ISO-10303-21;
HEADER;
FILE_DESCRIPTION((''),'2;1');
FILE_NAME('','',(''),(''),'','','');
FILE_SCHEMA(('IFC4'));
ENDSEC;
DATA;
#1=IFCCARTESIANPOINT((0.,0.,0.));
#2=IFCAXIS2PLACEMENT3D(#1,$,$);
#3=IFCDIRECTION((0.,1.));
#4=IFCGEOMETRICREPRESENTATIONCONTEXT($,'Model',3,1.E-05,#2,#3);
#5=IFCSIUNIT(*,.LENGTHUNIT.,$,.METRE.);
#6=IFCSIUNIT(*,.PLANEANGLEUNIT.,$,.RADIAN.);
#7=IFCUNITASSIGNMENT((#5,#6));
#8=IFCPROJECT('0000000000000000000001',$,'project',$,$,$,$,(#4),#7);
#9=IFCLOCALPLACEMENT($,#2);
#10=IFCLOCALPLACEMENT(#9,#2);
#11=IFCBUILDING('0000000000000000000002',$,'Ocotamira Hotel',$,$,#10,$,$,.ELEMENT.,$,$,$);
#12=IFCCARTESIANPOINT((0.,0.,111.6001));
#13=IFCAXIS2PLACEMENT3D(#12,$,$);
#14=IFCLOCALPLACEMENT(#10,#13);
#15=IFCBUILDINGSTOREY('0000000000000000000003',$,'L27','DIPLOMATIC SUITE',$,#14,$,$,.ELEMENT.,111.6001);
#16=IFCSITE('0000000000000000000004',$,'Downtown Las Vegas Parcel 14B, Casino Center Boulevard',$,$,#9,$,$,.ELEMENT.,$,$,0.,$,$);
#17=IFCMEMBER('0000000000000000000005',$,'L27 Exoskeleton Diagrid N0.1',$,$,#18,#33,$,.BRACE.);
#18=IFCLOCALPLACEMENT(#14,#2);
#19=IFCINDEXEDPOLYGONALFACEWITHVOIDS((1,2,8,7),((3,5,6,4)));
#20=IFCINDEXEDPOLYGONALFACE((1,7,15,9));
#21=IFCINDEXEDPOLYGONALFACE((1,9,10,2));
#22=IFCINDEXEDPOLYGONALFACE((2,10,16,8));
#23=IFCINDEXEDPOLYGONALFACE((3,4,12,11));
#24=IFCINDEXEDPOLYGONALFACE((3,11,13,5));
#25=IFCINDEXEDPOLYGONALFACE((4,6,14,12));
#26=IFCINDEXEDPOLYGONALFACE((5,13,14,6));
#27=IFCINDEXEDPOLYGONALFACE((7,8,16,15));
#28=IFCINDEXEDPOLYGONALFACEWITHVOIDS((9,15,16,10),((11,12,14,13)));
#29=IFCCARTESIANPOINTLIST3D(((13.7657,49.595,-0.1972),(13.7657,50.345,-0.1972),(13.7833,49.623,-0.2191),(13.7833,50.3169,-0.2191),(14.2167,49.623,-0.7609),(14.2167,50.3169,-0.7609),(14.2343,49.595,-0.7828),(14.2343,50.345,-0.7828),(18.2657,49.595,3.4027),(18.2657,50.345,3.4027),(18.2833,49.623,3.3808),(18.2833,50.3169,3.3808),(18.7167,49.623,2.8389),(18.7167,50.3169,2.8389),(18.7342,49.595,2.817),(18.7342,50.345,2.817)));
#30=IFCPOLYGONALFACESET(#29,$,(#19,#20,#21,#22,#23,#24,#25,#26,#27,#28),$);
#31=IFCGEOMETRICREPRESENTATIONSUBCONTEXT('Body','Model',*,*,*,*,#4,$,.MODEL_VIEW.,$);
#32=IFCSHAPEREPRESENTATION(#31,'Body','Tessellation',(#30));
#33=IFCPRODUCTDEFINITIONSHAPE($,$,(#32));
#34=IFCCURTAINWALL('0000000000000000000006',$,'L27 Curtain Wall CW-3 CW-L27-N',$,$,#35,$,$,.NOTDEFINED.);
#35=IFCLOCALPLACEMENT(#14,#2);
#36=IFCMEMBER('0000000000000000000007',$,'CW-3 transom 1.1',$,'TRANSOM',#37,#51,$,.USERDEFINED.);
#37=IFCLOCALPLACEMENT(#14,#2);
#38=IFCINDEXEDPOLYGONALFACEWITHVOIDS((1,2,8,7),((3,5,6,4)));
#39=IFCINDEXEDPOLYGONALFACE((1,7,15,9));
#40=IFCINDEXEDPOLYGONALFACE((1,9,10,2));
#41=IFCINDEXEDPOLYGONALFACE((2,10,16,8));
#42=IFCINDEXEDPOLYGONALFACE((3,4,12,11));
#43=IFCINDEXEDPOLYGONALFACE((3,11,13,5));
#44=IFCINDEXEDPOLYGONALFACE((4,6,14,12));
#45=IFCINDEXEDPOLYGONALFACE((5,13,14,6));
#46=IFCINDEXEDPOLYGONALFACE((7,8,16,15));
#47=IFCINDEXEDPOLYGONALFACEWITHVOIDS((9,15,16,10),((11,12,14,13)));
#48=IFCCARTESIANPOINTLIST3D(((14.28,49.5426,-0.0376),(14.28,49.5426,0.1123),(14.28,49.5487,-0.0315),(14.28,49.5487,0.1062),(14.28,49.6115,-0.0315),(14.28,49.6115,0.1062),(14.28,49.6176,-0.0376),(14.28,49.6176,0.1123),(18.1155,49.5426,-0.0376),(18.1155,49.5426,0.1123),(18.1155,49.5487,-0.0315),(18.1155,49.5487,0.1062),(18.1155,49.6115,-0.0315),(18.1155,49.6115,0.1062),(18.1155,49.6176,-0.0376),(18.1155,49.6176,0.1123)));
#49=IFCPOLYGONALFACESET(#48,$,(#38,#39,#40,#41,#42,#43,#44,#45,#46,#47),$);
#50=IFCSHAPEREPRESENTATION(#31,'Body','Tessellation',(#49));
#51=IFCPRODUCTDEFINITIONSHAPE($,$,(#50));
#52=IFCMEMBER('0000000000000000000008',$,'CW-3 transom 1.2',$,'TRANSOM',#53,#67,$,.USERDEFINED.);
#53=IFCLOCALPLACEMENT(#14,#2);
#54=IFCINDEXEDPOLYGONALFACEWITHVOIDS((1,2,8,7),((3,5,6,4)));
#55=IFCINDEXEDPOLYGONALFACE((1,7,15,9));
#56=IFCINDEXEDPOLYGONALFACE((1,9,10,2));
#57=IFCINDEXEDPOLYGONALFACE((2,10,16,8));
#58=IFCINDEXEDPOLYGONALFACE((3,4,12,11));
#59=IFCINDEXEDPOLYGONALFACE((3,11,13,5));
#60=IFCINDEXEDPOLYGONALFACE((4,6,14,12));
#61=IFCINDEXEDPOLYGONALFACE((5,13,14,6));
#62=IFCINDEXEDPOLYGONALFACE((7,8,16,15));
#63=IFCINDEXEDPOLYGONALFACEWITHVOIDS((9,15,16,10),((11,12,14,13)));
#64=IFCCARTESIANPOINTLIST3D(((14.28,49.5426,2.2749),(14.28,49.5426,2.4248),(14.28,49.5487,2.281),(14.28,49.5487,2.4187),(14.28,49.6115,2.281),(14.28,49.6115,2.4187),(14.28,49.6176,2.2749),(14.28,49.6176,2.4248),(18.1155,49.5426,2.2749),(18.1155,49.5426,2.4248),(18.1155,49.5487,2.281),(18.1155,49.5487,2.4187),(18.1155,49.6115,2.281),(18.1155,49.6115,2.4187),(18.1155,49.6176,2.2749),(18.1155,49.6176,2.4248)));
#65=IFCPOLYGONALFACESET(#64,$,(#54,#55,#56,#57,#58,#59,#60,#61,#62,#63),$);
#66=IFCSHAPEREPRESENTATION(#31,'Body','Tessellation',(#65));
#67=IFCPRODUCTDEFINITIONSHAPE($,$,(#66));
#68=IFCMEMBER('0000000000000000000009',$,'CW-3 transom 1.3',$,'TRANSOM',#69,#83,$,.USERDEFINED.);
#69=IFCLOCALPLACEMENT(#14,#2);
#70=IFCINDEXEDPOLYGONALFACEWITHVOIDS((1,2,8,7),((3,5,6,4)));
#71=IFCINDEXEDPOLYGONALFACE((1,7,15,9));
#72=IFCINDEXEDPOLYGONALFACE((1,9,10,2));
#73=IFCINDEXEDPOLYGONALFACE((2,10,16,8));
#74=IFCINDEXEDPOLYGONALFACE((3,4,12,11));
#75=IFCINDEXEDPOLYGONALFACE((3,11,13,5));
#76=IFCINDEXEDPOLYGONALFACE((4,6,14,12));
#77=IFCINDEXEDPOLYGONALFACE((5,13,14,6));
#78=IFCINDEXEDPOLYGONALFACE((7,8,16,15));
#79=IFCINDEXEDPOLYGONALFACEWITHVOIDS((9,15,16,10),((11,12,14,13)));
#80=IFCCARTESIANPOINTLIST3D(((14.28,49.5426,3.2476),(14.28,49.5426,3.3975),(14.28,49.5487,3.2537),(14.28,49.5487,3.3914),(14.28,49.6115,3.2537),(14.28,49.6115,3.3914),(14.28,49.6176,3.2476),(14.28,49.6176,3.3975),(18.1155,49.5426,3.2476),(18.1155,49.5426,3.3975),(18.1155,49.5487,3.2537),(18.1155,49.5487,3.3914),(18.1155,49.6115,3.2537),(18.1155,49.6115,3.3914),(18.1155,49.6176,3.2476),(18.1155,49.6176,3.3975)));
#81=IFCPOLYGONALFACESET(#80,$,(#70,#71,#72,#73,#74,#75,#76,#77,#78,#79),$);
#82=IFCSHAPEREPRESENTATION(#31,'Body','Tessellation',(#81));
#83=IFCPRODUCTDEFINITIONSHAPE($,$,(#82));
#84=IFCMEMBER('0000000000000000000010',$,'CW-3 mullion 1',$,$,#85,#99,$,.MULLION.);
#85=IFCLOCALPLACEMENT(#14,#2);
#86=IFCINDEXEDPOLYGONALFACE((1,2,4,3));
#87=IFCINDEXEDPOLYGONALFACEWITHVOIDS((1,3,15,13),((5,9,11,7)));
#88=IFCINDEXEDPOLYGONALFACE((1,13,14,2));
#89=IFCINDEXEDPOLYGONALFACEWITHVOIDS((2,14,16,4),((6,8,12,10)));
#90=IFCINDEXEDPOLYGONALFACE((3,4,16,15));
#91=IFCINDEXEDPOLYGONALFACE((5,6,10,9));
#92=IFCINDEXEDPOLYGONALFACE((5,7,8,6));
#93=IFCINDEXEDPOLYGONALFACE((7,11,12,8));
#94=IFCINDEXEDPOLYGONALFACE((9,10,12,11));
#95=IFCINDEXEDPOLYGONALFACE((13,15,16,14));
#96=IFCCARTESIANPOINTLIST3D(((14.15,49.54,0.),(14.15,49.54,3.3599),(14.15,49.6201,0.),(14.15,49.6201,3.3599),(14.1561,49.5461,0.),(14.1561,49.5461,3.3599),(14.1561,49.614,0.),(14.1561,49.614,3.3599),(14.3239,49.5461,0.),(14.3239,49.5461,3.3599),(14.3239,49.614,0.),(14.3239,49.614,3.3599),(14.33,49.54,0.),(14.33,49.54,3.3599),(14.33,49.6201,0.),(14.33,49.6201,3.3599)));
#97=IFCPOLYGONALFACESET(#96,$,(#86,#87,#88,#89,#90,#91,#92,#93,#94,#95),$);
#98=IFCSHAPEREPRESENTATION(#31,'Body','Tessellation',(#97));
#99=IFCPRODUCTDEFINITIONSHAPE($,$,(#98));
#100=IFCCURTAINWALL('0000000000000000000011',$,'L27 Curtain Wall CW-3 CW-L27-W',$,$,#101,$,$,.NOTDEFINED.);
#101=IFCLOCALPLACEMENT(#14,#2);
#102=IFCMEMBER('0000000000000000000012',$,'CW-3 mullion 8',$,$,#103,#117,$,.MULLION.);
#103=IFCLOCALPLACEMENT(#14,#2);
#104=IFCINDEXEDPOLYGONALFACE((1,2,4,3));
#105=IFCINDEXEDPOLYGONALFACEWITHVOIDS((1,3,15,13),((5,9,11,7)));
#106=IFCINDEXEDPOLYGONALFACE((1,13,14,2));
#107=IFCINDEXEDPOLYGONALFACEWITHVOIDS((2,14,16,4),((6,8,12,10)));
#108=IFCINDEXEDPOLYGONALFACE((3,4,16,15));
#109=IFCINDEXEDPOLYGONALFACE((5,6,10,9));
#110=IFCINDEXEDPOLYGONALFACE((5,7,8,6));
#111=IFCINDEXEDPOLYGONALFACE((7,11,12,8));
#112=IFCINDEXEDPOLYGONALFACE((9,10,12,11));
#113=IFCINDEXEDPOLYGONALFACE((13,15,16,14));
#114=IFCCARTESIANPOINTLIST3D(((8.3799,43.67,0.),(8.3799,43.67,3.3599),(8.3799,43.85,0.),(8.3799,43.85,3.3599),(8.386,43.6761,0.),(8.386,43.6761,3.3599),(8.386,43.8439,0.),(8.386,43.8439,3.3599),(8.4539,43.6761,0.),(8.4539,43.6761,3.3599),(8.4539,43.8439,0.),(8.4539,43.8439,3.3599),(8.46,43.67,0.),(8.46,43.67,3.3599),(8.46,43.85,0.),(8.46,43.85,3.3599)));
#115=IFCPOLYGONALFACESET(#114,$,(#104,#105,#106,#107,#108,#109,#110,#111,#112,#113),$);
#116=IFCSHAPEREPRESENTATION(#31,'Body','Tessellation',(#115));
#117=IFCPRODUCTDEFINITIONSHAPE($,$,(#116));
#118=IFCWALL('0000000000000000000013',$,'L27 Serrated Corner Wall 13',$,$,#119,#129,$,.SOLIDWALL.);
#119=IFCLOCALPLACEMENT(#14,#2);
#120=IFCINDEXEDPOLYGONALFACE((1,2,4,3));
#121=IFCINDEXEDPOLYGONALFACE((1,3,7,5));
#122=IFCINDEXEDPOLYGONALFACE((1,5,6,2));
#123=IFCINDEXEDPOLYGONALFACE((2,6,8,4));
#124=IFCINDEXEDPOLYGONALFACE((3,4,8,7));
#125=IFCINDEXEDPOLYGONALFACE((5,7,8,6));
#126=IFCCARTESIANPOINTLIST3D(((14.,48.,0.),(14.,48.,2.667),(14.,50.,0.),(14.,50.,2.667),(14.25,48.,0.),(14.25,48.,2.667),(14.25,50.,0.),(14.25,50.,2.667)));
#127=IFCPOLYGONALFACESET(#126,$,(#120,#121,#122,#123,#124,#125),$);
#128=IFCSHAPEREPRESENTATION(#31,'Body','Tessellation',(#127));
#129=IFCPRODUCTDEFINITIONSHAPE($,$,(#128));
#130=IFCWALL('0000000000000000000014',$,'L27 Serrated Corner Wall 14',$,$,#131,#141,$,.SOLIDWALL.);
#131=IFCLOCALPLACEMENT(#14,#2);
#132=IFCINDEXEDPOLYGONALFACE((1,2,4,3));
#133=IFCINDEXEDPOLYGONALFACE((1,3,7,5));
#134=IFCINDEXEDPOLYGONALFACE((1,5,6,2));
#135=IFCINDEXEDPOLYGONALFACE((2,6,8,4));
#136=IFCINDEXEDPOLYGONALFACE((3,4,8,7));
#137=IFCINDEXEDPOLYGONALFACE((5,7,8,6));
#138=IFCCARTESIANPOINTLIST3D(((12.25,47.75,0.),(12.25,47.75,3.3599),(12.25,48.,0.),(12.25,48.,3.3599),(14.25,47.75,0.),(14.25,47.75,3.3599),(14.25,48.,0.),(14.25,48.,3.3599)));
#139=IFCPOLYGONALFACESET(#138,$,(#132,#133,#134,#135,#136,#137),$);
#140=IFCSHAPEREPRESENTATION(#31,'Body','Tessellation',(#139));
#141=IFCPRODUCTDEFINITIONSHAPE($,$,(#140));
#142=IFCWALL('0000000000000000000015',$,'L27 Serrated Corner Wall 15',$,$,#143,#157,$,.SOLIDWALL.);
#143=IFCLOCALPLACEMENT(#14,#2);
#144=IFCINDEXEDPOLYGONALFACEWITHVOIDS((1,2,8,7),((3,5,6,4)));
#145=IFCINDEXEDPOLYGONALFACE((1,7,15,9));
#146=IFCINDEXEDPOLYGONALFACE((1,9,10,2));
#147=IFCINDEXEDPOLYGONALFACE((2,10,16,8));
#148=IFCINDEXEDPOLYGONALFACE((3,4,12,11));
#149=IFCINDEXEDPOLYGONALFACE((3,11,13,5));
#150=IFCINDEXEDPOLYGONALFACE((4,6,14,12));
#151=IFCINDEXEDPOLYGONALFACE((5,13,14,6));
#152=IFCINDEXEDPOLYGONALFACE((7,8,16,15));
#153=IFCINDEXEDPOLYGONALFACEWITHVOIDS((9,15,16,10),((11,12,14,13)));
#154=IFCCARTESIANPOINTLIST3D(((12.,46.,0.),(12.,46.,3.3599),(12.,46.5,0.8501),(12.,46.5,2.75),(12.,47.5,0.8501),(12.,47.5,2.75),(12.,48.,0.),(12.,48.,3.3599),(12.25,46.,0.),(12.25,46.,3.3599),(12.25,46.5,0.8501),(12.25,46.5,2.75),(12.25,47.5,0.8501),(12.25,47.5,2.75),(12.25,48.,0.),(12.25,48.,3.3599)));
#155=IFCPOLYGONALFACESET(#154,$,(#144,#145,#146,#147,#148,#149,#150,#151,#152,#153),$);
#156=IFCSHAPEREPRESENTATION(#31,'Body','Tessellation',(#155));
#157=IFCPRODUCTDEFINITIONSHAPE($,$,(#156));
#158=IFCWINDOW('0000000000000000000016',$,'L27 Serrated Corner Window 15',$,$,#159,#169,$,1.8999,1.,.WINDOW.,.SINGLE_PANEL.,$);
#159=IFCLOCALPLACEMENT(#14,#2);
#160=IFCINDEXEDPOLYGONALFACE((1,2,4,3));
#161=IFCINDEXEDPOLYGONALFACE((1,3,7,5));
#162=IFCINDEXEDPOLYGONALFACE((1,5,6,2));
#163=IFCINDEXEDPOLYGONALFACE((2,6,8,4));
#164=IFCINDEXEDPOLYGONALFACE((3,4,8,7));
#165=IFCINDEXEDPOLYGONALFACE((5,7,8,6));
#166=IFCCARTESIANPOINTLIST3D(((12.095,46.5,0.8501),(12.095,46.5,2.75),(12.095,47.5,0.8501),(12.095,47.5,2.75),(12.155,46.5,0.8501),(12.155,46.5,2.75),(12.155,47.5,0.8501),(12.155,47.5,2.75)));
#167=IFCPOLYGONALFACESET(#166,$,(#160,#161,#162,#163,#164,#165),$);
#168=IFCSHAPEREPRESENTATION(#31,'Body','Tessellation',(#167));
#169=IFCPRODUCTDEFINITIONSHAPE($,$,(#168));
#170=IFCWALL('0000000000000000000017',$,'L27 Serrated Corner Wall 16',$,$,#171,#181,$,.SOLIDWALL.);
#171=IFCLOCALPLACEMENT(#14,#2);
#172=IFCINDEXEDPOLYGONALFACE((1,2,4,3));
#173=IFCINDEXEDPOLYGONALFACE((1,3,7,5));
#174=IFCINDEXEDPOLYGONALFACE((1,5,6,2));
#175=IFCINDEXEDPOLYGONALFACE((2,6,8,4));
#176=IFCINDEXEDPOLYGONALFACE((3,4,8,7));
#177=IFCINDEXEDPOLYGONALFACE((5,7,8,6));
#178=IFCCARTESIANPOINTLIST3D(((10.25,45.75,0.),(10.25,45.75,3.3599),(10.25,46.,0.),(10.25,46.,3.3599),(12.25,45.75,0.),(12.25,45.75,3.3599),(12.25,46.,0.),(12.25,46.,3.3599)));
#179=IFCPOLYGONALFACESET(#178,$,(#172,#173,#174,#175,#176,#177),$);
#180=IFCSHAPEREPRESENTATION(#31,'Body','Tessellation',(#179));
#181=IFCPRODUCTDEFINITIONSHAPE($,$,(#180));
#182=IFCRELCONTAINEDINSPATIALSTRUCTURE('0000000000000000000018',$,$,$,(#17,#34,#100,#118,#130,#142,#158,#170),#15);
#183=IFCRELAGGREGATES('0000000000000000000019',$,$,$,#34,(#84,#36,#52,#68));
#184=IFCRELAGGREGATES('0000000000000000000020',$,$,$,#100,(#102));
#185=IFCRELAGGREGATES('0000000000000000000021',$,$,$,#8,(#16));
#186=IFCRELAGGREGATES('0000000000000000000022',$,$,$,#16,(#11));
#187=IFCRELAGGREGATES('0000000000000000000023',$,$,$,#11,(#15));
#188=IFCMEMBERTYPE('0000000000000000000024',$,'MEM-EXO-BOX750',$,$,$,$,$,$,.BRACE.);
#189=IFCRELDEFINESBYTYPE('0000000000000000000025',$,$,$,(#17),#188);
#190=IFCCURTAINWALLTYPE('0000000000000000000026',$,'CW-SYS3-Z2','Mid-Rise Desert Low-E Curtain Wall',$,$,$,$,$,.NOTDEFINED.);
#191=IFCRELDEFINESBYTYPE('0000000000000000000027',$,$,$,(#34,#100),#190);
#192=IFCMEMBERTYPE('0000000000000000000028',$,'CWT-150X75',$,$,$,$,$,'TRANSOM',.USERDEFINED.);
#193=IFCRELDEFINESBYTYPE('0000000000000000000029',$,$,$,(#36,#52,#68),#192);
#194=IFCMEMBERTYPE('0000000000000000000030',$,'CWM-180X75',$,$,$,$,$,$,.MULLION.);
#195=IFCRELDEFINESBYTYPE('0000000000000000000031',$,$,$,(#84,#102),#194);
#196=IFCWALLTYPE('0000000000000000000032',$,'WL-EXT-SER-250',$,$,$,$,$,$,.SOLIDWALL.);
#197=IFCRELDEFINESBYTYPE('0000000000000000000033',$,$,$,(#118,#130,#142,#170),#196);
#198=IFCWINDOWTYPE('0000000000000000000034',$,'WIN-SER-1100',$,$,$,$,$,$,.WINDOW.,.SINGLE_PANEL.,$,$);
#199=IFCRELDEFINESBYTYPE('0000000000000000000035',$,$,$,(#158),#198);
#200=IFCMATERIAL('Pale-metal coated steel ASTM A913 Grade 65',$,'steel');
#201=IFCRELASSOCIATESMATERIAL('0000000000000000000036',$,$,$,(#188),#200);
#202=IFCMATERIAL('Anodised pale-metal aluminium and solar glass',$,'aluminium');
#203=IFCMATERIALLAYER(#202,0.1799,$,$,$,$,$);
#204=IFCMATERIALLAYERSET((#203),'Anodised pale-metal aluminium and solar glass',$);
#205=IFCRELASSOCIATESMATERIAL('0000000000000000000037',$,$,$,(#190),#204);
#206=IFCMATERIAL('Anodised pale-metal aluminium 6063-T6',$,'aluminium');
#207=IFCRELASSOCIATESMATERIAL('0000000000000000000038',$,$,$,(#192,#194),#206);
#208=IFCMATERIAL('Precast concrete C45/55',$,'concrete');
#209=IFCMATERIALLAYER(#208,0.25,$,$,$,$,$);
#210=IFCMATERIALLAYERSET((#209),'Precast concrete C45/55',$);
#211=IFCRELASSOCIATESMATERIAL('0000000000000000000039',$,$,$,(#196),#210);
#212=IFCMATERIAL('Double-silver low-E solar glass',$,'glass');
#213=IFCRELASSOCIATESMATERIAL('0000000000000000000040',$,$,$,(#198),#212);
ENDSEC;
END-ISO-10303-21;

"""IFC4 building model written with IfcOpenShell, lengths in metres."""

from ifc_helpers import new_model, si_unit, direction, frame, frame_2d, origin, origin_2d, place, context, subcontext, project, spatial, rectangle, hollow_rectangle, extrude, source, transform, mapped, material, layer, layer_set, material_profile, profile_set, type_object, element, fill, aggregate, save


model = new_model("IFC4")

# Units and contexts
model_context = context("Model", 3, precision=1e-05, world=origin(), true_north=direction((0.0, 1.0)))
body_context = subcontext(model_context, "Body", "Model", "MODEL_VIEW")
ifc_project = project(units=[si_unit("LENGTHUNIT", "METRE"), si_unit("PLANEANGLEUNIT", "RADIAN")], contexts=[model_context])

# Site, building, storey
site_placement = place(None, origin())
site = spatial("IfcSite", under=ifc_project, at=site_placement, Name="Downtown Las Vegas Parcel 14B, Casino Center Boulevard", CompositionType="ELEMENT", RefElevation=0.0)
building_placement = place(site_placement, origin())
building = spatial("IfcBuilding", under=site, at=building_placement, Name="Ocotamira Hotel", CompositionType="ELEMENT")
storey_placement = place(building_placement, frame((0.0, 0.0, 111.6001)))
storey = spatial("IfcBuildingStorey", under=building, at=storey_placement, Name="L27", Description="DIPLOMATIC SUITE", CompositionType="ELEMENT", Elevation=111.6001)

# Member
ifc_material_1 = material(Name="Pale-metal coated steel ASTM A913 Grade 65", Category="steel")
ifc_material_profile_1 = material_profile(ifc_material_1, hollow_rectangle(XDim=0.75, YDim=0.75, WallThickness=0.0281, at=origin_2d()), Name="BOX750X750X28")
ifc_profile_set_1 = profile_set([ifc_material_profile_1], Name="Pale-metal coated steel ASTM A913 Grade 65")
member_type_1 = type_object("IfcMemberType", Name="MEM-EXO-BOX750", PredefinedType="BRACE", material=ifc_profile_set_1)
shared_shape_1 = source(origin(), body_context, "Body", "SweptSolid", [
    extrude(hollow_rectangle(XDim=0.75, YDim=0.75, WallThickness=0.0281, at=origin_2d()), origin(), (0.0, 0.0, 1.0), 5.7627),
])
member_1_placement = place(storey_placement, frame((14.0, 49.97, -0.49), z_axis=(0.780881, 0.0, 0.62468), x_axis=(0.0, 1.0, 0.0)))
element("IfcMember", 1, at=member_1_placement, inside=storey, type_object=member_type_1, Name="L27 Exoskeleton Diagrid N0.1", PredefinedType="BRACE", context=body_context, shape_type="MappedRepresentation", body=[
    mapped(shared_shape_1, transform((0.0, 0.0, 0.0), scale=1.0)),
])

# Curtain wall, members
ifc_material_2 = material(Name="Anodised pale-metal aluminium and solar glass", Category="aluminium")
ifc_layer_1 = layer(ifc_material_2, 0.1799)
ifc_layer_set_1 = layer_set([ifc_layer_1], Name="Anodised pale-metal aluminium and solar glass")
curtain_wall_type = type_object("IfcCurtainWallType", Name="CW-SYS3-Z2", Description="Mid-Rise Desert Low-E Curtain Wall", PredefinedType="NOTDEFINED", material=ifc_layer_set_1)
curtain_wall_1_placement = place(storey_placement, origin())
curtain_wall_1 = element("IfcCurtainWall", 2, at=curtain_wall_1_placement, inside=storey, type_object=curtain_wall_type, Name="L27 Curtain Wall CW-3 CW-L27-N", PredefinedType="NOTDEFINED")
ifc_material_3 = material(Name="Anodised pale-metal aluminium 6063-T6", Category="aluminium")
ifc_material_profile_2 = material_profile(ifc_material_3, hollow_rectangle(XDim=0.075, YDim=0.1499, WallThickness=0.0061, at=origin_2d()), Name="HSS150X75X6")
ifc_profile_set_2 = profile_set([ifc_material_profile_2], Name="Anodised pale-metal aluminium 6063-T6")
member_type_2 = type_object("IfcMemberType", Name="CWT-150X75", ElementType="TRANSOM", PredefinedType="USERDEFINED", material=ifc_profile_set_2)
shared_shape_2 = source(origin(), body_context, "Body", "SweptSolid", [
    extrude(hollow_rectangle(XDim=0.075, YDim=0.1499, WallThickness=0.0061, at=origin_2d()), origin(), (0.0, 0.0, 1.0), 3.8354),
])
member_2_placement = place(storey_placement, frame((14.28, 49.5801, 0.0374), z_axis=(1.0, 0.0, 0.0), x_axis=(0.0, 1.0, 0.0)))
member_2 = element("IfcMember", 3, at=member_2_placement, type_object=member_type_2, Name="CW-3 transom 1.1", ObjectType="TRANSOM", PredefinedType="USERDEFINED", context=body_context, shape_type="MappedRepresentation", body=[
    mapped(shared_shape_2, transform((0.0, 0.0, 0.0), scale=1.0)),
])
member_3_placement = place(storey_placement, frame((14.28, 49.5801, 2.3499), z_axis=(1.0, 0.0, 0.0), x_axis=(0.0, 1.0, 0.0)))
member_3 = element("IfcMember", 4, at=member_3_placement, type_object=member_type_2, Name="CW-3 transom 1.2", ObjectType="TRANSOM", PredefinedType="USERDEFINED", context=body_context, shape_type="MappedRepresentation", body=[
    mapped(shared_shape_2, transform((0.0, 0.0, 0.0), scale=1.0)),
])
member_4_placement = place(storey_placement, frame((14.28, 49.5801, 3.3225), z_axis=(1.0, 0.0, 0.0), x_axis=(0.0, 1.0, 0.0)))
member_4 = element("IfcMember", 5, at=member_4_placement, type_object=member_type_2, Name="CW-3 transom 1.3", ObjectType="TRANSOM", PredefinedType="USERDEFINED", context=body_context, shape_type="MappedRepresentation", body=[
    mapped(shared_shape_2, transform((0.0, 0.0, 0.0), scale=1.0)),
])
ifc_material_profile_3 = material_profile(ifc_material_3, hollow_rectangle(XDim=0.0801, YDim=0.1799, WallThickness=0.0061, at=origin_2d()), Name="HSS180X80X6")
ifc_profile_set_3 = profile_set([ifc_material_profile_3], Name="Anodised pale-metal aluminium 6063-T6")
member_type_3 = type_object("IfcMemberType", Name="CWM-180X75", PredefinedType="MULLION", material=ifc_profile_set_3)
shared_shape_3 = source(origin(), body_context, "Body", "SweptSolid", [
    extrude(hollow_rectangle(XDim=0.0801, YDim=0.1799, WallThickness=0.0061, at=origin_2d()), origin(), (0.0, 0.0, 1.0), 3.3599),
])
member_5_placement = place(storey_placement, frame((14.24, 49.5801, 0.0), z_axis=(0.0, 0.0, 1.0), x_axis=(0.0, 1.0, 0.0)))
member_5 = element("IfcMember", 6, at=member_5_placement, type_object=member_type_3, Name="CW-3 mullion 1", PredefinedType="MULLION", context=body_context, shape_type="MappedRepresentation", body=[
    mapped(shared_shape_3, transform((0.0, 0.0, 0.0), scale=1.0)),
])
aggregate(curtain_wall_1, [member_5, member_2, member_3, member_4])

# Curtain wall, member
curtain_wall_2_placement = place(storey_placement, origin())
curtain_wall_2 = element("IfcCurtainWall", 7, at=curtain_wall_2_placement, inside=storey, type_object=curtain_wall_type, Name="L27 Curtain Wall CW-3 CW-L27-W", PredefinedType="NOTDEFINED")
member_6_placement = place(storey_placement, frame((8.4199, 43.76, 0.0), z_axis=(0.0, 0.0, 1.0), x_axis=(-1.0, 0.0, 0.0)))
member_6 = element("IfcMember", 8, at=member_6_placement, type_object=member_type_3, Name="CW-3 mullion 8", PredefinedType="MULLION", context=body_context, shape_type="MappedRepresentation", body=[
    mapped(shared_shape_3, transform((0.0, 0.0, 0.0), scale=1.0)),
])
aggregate(curtain_wall_2, [member_6])

# Walls
ifc_material_4 = material(Name="Precast concrete C45/55", Category="concrete")
ifc_layer_2 = layer(ifc_material_4, 0.25)
ifc_layer_set_2 = layer_set([ifc_layer_2], Name="Precast concrete C45/55")
wall_type_1 = type_object("IfcWallType", Name="WL-EXT-SER-250", PredefinedType="SOLIDWALL", material=ifc_layer_set_2)
wall_1_placement = place(storey_placement, frame((14.125, 50.0, 0.0), z_axis=(0.0, 0.0, 1.0), x_axis=(0.0, -1.0, 0.0)))
element("IfcWall", 9, at=wall_1_placement, inside=storey, type_object=wall_type_1, Name="L27 Serrated Corner Wall 13", PredefinedType="SOLIDWALL", context=body_context, shape_type="SweptSolid", body=[
    extrude(rectangle(XDim=2.0, YDim=0.25, at=frame_2d((1.0, 0.0))), origin(), (0.0, 0.0, 1.0), 2.667),
])
wall_2_placement = place(storey_placement, frame((14.25, 47.875, 0.0), z_axis=(0.0, 0.0, 1.0), x_axis=(-1.0, 0.0, 0.0)))
element("IfcWall", 10, at=wall_2_placement, inside=storey, type_object=wall_type_1, Name="L27 Serrated Corner Wall 14", PredefinedType="SOLIDWALL", context=body_context, shape_type="SweptSolid", body=[
    extrude(rectangle(XDim=2.0, YDim=0.25, at=frame_2d((1.0, 0.0))), origin(), (0.0, 0.0, 1.0), 3.3599),
])

# Wall, opening, window
wall_3_placement = place(storey_placement, frame((12.125, 48.0, 0.0), z_axis=(0.0, 0.0, 1.0), x_axis=(0.0, -1.0, 0.0)))
wall_3 = element("IfcWall", 11, at=wall_3_placement, inside=storey, type_object=wall_type_1, Name="L27 Serrated Corner Wall 15", PredefinedType="SOLIDWALL", context=body_context, shape_type="SweptSolid", body=[
    extrude(rectangle(XDim=2.0, YDim=0.25, at=frame_2d((1.0, 0.0))), origin(), (0.0, 0.0, 1.0), 3.3599),
])
opening_placement = place(wall_3_placement, frame((0.5, 0.0, 0.8501)))
opening = element("IfcOpeningElement", 12, at=opening_placement, cuts=wall_3, PredefinedType="OPENING", context=body_context, shape_type="SweptSolid", body=[
    extrude(rectangle(XDim=1.0, YDim=1.8999, at=frame_2d((0.5, 0.95))), frame((0.0, 0.135, 0.0), z_axis=(0.0, -1.0, 0.0), x_axis=(1.0, 0.0, 0.0)), (0.0, 0.0, 1.0), 0.27),
])
ifc_material_5 = material(Name="Double-silver low-E solar glass", Category="glass")
window_type = type_object("IfcWindowType", Name="WIN-SER-1100", PartitioningType="SINGLE_PANEL", PredefinedType="WINDOW", material=ifc_material_5)
shared_shape_4 = source(origin(), body_context, "Body", "SweptSolid", [
    extrude(rectangle(XDim=1.0, YDim=1.8999, at=frame_2d((0.5, 0.95))), frame((0.0, 0.03, 0.0), z_axis=(0.0, -1.0, 0.0), x_axis=(1.0, 0.0, 0.0)), (0.0, 0.0, 1.0), 0.0601),
])
window_placement = place(opening_placement, origin())
window = element("IfcWindow", 13, at=window_placement, inside=storey, type_object=window_type, Name="L27 Serrated Corner Window 15", OverallHeight=1.8999, OverallWidth=1.0, PartitioningType="SINGLE_PANEL", PredefinedType="WINDOW", context=body_context, shape_type="MappedRepresentation", body=[
    mapped(shared_shape_4, transform((0.0, 0.0, 0.0), scale=1.0)),
])
fill(opening, window)

# Wall
for number, where, z_axis, x_axis, name in (
    (14, (12.25, 45.875, 0.0), (0.0, 0.0, 1.0), (-1.0, 0.0, 0.0), "L27 Serrated Corner Wall 16"),
):
    element("IfcWall", number, at=place(storey_placement, frame(where, z_axis=z_axis, x_axis=x_axis)), inside=storey, type_object=wall_type_1, Name=name, PredefinedType="SOLIDWALL", context=body_context, shape_type="SweptSolid", body=[
        extrude(rectangle(XDim=2.0, YDim=0.25, at=frame_2d((1.0, 0.0))), origin(), (0.0, 0.0, 1.0), 3.3599),
    ])

save(model, "model.ifc")
